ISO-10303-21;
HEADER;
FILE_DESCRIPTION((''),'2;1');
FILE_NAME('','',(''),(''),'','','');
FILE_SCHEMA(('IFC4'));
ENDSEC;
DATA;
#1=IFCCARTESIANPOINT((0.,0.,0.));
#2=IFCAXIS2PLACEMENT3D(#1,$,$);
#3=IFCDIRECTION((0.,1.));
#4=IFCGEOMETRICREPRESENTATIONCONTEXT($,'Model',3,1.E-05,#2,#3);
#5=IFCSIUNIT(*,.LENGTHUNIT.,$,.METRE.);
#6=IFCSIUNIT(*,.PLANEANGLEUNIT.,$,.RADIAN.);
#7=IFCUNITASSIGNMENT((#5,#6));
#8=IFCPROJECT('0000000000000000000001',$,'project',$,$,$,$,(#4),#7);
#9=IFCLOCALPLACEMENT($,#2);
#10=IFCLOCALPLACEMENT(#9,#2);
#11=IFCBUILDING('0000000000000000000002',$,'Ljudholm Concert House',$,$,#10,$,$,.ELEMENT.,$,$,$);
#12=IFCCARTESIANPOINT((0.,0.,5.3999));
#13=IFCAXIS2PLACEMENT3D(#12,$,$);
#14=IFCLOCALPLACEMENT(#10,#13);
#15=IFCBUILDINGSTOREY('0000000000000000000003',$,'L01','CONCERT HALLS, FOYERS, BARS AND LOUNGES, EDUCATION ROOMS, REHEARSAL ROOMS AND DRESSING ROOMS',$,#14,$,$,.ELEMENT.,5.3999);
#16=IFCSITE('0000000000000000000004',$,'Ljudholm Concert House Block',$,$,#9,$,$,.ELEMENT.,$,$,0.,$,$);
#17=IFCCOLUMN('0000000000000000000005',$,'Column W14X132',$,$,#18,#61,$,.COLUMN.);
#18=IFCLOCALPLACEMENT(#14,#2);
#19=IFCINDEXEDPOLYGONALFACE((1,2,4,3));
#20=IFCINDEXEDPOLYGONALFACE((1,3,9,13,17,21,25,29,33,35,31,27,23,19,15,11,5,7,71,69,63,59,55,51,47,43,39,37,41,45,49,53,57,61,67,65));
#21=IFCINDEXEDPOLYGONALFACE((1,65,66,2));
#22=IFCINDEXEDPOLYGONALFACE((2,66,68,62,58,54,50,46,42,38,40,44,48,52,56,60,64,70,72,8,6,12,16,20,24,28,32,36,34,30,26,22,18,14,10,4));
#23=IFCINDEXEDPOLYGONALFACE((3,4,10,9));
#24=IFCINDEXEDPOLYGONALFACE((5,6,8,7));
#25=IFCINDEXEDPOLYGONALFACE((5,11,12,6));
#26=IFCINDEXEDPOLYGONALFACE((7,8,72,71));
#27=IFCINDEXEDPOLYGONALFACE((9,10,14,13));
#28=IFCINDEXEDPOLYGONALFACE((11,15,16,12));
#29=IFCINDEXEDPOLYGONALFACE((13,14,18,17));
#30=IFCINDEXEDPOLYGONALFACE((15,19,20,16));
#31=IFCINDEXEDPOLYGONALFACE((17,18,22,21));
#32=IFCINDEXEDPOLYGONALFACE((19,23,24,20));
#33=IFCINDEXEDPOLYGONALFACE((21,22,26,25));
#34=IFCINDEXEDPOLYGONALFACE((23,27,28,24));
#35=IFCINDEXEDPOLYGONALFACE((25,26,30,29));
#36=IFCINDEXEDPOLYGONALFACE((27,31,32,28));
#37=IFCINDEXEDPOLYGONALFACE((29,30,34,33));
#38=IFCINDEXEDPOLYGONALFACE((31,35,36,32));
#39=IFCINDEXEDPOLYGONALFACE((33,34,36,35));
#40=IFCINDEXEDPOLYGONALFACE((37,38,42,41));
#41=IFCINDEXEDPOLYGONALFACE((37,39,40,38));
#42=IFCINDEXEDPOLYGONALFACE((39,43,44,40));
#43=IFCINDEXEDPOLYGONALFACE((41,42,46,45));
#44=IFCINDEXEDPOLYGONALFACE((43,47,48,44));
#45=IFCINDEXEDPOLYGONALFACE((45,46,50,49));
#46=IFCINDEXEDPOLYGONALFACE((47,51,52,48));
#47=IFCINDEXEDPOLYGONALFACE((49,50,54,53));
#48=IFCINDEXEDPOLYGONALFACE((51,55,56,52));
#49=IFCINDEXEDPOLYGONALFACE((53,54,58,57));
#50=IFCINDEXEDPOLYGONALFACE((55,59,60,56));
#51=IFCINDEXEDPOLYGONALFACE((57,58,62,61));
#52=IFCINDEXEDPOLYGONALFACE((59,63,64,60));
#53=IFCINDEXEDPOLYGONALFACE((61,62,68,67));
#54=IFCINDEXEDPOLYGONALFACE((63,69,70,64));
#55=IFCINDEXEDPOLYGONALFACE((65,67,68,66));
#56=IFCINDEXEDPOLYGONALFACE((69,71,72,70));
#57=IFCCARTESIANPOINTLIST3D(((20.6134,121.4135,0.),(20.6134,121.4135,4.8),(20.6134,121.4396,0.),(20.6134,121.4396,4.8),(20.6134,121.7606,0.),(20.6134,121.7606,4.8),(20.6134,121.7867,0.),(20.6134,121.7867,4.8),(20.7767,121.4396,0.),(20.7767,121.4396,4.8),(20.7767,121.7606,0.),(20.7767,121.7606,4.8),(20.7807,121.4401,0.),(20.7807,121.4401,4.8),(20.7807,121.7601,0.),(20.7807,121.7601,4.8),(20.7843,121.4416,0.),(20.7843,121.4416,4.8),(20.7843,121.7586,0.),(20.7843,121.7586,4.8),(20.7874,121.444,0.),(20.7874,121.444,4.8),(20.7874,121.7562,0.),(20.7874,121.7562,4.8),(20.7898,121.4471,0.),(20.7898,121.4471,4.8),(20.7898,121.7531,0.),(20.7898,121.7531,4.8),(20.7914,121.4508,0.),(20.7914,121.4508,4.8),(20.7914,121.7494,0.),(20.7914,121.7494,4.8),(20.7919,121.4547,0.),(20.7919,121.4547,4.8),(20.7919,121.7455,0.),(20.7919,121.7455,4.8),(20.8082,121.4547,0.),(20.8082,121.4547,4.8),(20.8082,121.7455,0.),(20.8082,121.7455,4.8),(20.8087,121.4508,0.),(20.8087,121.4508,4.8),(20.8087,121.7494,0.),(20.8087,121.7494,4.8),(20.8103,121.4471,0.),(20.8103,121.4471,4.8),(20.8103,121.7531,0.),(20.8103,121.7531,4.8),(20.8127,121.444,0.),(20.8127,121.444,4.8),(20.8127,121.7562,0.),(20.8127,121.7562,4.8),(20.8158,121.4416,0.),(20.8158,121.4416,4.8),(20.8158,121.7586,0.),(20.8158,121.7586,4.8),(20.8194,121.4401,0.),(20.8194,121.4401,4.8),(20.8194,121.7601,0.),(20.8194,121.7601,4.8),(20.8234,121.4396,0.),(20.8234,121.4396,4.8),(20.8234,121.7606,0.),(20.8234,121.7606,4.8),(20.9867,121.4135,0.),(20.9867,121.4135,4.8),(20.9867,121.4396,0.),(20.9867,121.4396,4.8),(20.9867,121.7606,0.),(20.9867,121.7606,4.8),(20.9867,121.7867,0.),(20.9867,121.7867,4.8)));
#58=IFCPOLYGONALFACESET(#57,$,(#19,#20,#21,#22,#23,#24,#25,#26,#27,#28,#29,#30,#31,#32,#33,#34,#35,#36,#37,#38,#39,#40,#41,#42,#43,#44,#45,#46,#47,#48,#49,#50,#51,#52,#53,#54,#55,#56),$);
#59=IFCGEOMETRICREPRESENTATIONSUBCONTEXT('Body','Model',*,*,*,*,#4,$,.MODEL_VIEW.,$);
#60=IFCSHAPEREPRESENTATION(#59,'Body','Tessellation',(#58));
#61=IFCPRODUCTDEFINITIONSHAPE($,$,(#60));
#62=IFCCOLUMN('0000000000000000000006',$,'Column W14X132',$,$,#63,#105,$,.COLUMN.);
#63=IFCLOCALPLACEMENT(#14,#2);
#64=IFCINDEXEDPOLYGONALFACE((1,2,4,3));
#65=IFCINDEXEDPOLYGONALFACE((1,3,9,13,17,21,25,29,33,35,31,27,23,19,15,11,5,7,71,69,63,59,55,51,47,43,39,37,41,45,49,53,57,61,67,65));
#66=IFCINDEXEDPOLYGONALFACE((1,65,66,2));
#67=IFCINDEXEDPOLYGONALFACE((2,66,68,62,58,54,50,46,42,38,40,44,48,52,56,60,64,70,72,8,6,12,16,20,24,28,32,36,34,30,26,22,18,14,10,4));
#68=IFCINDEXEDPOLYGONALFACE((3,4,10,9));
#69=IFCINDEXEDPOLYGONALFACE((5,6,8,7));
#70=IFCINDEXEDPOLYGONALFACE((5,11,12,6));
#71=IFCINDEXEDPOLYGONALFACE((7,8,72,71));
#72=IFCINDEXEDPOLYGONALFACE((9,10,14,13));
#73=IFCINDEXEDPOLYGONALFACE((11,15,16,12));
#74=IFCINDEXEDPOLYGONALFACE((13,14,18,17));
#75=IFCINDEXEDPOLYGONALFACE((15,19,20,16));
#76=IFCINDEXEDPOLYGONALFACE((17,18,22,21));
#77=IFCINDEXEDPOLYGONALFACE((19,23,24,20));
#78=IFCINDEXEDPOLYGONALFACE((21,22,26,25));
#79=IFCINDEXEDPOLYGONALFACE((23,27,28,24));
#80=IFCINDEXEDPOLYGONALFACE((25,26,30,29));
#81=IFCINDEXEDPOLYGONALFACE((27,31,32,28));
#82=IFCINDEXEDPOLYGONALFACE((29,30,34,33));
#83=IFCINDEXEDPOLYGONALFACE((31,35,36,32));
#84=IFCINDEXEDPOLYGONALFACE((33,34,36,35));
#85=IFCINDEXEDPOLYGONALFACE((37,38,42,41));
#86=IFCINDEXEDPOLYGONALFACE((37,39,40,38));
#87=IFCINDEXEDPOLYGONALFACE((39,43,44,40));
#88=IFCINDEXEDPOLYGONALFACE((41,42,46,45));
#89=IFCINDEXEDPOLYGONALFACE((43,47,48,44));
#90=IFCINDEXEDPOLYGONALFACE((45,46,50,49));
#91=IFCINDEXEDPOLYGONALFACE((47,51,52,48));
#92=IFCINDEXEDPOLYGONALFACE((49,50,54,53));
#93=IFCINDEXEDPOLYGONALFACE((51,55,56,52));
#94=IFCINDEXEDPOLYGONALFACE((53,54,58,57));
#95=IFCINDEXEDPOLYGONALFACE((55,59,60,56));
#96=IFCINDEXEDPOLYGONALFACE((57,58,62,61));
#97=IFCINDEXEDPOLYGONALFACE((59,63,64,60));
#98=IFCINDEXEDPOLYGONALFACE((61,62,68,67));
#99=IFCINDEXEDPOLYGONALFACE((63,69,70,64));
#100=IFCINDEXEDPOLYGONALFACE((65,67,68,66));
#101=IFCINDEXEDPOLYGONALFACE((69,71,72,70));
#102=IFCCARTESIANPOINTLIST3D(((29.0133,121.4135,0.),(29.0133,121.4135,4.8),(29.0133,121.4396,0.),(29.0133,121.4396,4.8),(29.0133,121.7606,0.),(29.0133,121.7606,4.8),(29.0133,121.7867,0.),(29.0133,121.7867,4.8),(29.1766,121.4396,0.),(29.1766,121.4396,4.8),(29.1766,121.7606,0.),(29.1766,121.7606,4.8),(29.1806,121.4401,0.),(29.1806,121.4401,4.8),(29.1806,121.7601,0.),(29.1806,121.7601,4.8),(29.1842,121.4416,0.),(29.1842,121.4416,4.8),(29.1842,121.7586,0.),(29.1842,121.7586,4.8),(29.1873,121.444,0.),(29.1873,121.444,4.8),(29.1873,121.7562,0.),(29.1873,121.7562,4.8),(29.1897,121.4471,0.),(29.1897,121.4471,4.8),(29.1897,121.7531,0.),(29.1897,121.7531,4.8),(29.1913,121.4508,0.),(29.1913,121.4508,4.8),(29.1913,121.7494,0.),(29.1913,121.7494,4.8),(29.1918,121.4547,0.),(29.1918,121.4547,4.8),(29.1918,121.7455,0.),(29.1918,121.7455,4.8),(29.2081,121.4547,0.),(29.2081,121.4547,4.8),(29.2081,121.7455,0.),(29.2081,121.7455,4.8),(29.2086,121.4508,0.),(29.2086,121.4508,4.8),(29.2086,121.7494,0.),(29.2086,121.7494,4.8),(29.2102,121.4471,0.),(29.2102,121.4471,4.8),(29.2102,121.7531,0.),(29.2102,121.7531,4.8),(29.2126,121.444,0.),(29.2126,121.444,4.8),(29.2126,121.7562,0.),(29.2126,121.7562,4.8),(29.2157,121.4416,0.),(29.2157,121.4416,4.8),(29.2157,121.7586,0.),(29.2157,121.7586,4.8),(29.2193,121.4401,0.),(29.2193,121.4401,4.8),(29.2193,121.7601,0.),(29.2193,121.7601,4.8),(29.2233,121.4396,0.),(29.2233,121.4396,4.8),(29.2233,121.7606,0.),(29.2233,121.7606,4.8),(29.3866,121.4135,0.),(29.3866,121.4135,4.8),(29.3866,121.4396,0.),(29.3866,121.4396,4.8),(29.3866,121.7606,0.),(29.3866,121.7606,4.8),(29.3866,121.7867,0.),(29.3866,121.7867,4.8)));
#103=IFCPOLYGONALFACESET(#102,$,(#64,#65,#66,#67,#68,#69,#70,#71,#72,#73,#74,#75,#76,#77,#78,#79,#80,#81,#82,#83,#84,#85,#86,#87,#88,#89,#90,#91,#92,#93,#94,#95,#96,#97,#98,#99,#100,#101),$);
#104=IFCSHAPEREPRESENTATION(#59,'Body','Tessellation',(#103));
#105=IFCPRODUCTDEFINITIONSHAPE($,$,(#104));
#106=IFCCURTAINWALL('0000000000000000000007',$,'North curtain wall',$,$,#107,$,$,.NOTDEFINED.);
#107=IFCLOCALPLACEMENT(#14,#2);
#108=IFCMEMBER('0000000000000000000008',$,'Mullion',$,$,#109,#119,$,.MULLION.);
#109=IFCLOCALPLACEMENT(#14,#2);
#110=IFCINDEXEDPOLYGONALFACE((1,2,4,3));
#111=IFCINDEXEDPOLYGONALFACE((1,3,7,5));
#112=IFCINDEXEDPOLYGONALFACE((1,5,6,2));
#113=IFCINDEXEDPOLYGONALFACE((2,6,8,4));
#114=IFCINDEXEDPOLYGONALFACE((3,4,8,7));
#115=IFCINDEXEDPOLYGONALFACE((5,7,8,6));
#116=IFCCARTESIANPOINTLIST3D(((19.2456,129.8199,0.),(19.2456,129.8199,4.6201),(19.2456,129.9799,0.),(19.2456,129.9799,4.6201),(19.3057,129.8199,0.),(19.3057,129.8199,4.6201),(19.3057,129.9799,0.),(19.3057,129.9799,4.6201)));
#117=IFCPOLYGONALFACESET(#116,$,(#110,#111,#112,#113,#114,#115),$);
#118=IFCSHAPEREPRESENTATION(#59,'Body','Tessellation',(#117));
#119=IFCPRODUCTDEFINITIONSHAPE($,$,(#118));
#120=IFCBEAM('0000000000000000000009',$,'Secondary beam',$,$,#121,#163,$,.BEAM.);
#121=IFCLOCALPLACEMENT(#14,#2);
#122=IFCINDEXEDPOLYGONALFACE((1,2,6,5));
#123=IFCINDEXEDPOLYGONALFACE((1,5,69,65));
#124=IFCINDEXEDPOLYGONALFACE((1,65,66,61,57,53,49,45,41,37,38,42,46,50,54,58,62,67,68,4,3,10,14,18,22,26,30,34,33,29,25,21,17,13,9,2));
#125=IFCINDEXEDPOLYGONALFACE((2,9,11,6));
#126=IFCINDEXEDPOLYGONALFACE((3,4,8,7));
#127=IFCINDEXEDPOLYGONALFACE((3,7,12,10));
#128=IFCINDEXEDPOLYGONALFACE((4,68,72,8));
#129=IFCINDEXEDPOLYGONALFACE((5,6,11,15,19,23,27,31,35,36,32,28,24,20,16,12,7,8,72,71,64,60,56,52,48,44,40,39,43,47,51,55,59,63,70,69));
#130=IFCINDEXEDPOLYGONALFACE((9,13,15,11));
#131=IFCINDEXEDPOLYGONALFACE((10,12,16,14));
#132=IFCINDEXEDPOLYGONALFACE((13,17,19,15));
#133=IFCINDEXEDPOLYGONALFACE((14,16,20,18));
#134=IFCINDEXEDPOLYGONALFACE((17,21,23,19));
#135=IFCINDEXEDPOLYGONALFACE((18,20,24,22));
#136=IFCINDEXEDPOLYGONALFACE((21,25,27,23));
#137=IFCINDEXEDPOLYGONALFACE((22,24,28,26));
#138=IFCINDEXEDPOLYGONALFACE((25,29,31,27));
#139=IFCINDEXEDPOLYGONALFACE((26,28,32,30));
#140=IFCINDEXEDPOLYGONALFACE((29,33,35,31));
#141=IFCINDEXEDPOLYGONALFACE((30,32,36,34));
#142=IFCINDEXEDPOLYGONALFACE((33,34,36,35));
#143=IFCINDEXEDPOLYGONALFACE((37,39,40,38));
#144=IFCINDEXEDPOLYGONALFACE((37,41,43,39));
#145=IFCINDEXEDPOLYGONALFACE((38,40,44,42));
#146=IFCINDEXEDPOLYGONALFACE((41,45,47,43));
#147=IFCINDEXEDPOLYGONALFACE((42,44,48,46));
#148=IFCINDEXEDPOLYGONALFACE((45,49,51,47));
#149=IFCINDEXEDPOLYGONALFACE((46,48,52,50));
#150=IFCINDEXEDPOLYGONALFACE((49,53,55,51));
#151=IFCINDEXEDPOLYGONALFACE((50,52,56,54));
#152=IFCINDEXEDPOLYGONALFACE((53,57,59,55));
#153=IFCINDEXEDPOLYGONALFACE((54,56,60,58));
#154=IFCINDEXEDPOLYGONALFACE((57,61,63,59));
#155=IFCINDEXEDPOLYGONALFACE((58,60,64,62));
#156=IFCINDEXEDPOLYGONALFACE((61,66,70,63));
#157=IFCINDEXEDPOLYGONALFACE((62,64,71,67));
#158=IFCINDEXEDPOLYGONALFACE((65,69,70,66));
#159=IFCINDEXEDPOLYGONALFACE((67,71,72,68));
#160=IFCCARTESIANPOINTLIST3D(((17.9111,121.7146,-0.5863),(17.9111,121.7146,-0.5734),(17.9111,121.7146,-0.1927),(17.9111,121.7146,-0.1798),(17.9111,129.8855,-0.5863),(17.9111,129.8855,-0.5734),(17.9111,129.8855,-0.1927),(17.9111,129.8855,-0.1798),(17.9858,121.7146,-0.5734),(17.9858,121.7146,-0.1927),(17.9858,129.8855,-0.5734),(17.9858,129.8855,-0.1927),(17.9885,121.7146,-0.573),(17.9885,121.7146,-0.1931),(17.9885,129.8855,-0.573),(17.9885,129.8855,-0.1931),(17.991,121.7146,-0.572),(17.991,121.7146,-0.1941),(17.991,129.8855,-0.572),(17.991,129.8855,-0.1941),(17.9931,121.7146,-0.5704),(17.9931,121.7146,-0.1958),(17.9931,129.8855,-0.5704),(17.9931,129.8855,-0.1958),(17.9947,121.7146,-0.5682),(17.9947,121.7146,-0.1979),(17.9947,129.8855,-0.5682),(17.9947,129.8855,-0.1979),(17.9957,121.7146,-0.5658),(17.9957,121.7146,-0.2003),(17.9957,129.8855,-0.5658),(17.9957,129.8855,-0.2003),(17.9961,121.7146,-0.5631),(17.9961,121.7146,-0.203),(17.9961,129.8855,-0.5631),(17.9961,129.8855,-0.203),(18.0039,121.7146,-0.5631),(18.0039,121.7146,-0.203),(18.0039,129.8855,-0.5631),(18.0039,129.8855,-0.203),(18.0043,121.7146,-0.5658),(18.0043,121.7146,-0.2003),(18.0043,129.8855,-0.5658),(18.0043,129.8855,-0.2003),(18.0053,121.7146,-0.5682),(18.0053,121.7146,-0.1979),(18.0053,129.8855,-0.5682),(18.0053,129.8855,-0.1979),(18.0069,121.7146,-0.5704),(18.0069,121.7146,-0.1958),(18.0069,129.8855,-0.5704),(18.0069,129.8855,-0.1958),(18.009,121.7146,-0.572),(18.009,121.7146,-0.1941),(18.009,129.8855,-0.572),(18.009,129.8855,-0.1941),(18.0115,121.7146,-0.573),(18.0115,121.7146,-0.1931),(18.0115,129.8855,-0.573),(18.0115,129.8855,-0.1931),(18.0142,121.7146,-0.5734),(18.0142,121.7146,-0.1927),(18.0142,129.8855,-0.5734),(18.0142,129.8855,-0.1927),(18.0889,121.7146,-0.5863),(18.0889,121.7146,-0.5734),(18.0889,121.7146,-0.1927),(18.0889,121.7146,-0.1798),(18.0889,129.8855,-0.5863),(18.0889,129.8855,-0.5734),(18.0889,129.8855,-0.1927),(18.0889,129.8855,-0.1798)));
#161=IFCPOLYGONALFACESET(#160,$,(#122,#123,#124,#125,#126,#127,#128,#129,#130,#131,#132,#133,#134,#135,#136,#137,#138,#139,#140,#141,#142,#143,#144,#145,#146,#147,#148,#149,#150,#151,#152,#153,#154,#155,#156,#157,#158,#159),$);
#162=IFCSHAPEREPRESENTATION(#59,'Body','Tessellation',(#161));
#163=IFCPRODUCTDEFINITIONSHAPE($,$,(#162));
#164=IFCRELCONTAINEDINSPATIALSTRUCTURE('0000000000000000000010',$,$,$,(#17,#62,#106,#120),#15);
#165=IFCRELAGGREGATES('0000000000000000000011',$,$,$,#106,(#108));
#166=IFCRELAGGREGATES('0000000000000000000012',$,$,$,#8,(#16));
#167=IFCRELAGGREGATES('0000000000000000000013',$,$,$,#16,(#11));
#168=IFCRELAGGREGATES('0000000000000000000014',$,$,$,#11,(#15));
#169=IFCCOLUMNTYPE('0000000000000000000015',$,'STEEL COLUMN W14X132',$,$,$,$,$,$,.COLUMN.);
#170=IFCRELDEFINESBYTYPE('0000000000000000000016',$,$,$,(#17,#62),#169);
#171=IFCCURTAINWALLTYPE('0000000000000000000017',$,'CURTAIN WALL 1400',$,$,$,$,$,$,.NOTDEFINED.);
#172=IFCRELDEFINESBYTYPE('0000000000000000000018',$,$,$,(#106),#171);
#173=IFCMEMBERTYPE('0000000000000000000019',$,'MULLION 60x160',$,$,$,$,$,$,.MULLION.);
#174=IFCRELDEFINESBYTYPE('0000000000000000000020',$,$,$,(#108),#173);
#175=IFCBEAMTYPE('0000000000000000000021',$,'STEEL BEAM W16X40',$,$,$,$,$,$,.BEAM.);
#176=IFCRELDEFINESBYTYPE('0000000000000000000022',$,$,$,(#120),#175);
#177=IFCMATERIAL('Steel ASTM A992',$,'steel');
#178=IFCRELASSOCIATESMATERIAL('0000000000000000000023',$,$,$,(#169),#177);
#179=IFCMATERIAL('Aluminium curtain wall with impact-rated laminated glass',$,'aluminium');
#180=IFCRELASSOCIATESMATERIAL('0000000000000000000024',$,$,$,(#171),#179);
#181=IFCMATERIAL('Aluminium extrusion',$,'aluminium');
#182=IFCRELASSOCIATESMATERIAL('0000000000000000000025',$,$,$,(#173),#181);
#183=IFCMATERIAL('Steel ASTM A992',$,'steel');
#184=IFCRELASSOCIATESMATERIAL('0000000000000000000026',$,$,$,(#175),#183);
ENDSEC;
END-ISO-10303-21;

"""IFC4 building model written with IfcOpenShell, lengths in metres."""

from ifc_helpers import new_model, si_unit, direction, frame, origin, origin_2d, place, context, subcontext, project, spatial, rectangle, i_section, extrude, material, material_profile, profile_set, type_object, element, aggregate, save


model = new_model("IFC4")

# Units and contexts
model_context = context("Model", 3, precision=1e-05, world=origin(), true_north=direction((0.0, 1.0)))
body_context = subcontext(model_context, "Body", "Model", "MODEL_VIEW")
ifc_project = project(units=[si_unit("LENGTHUNIT", "METRE"), si_unit("PLANEANGLEUNIT", "RADIAN")], contexts=[model_context])

# Site, building, storey
site_placement = place(None, origin())
site = spatial("IfcSite", under=ifc_project, at=site_placement, Name="Ljudholm Concert House Block", CompositionType="ELEMENT", RefElevation=0.0)
building_placement = place(site_placement, origin())
building = spatial("IfcBuilding", under=site, at=building_placement, Name="Ljudholm Concert House", CompositionType="ELEMENT")
storey_placement = place(building_placement, frame((0.0, 0.0, 5.3999)))
storey = spatial("IfcBuildingStorey", under=building, at=storey_placement, Name="L01", Description="CONCERT HALLS, FOYERS, BARS AND LOUNGES, EDUCATION ROOMS, REHEARSAL ROOMS AND DRESSING ROOMS", CompositionType="ELEMENT", Elevation=5.3999)

# Columns
ifc_material_1 = material(Name="Steel ASTM A992", Category="steel")
ifc_material_profile_1 = material_profile(ifc_material_1, i_section(OverallWidth=0.3733, OverallDepth=0.3733, WebThickness=0.0164, FlangeThickness=0.0261, FilletRadius=0.0151, at=origin_2d()), Name="W14X132")
ifc_profile_set_1 = profile_set([ifc_material_profile_1], Name="Steel ASTM A992")
column_type = type_object("IfcColumnType", Name="STEEL COLUMN W14X132", PredefinedType="COLUMN", material=ifc_profile_set_1)
for number, where, z_axis, x_axis, name in (
    (1, (20.8, 121.6001, 0.0), (0.0, 0.0, 1.0), (1.0, 0.0, 0.0), "Column W14X132"),
    (2, (29.2, 121.6001, 0.0), (0.0, 0.0, 1.0), (1.0, 0.0, 0.0), "Column W14X132"),
):
    element("IfcColumn", number, at=place(storey_placement, frame(where, z_axis=z_axis, x_axis=x_axis)), inside=storey, type_object=column_type, Name=name, PredefinedType="COLUMN", context=body_context, shape_type="SweptSolid", body=[
        extrude(i_section(OverallWidth=0.3733, OverallDepth=0.3733, WebThickness=0.0164, FlangeThickness=0.0261, FilletRadius=0.0151, at=origin_2d()), origin(), (0.0, 0.0, 1.0), 4.8),
    ])

# Curtain wall, member
ifc_material_2 = material(Name="Aluminium curtain wall with impact-rated laminated glass", Category="aluminium")
curtain_wall_type = type_object("IfcCurtainWallType", Name="CURTAIN WALL 1400", PredefinedType="NOTDEFINED", material=ifc_material_2)
curtain_wall_placement = place(storey_placement, origin())
curtain_wall = element("IfcCurtainWall", 3, at=curtain_wall_placement, inside=storey, type_object=curtain_wall_type, Name="North curtain wall", PredefinedType="NOTDEFINED")
ifc_material_3 = material(Name="Aluminium extrusion", Category="aluminium")
ifc_material_profile_2 = material_profile(ifc_material_3, rectangle(XDim=0.1599, YDim=0.0601, at=origin_2d()), Name="MULLION 60x160")
ifc_profile_set_2 = profile_set([ifc_material_profile_2], Name="Aluminium extrusion")
member_type_1 = type_object("IfcMemberType", Name="MULLION 60x160", PredefinedType="MULLION", material=ifc_profile_set_2)
member_1_placement = place(storey_placement, frame((19.2756, 129.8999, 0.0), z_axis=(0.0, 0.0, 1.0), x_axis=(0.0, 1.0, 0.0)))
member_1 = element("IfcMember", 4, at=member_1_placement, type_object=member_type_1, Name="Mullion", PredefinedType="MULLION", context=body_context, shape_type="SweptSolid", body=[
    extrude(rectangle(XDim=0.1599, YDim=0.0601, at=origin_2d()), origin(), (0.0, 0.0, 1.0), 4.6201),
])

# Beam
ifc_material_4 = material(Name="Steel ASTM A992", Category="steel")
ifc_material_profile_3 = material_profile(ifc_material_4, i_section(OverallWidth=0.1777, OverallDepth=0.4065, WebThickness=0.0078, FlangeThickness=0.0129, FilletRadius=0.0103, at=origin_2d()), Name="W16X40")
ifc_profile_set_3 = profile_set([ifc_material_profile_3], Name="Steel ASTM A992")
beam_type_1 = type_object("IfcBeamType", Name="STEEL BEAM W16X40", PredefinedType="BEAM", material=ifc_profile_set_3)
for number, where, z_axis, x_axis, name in (
    (5, (18.0, 121.7146, -0.3831), (0.0, 1.0, 0.0), (-1.0, 0.0, 0.0), "Secondary beam"),
):
    element("IfcBeam", number, at=place(storey_placement, frame(where, z_axis=z_axis, x_axis=x_axis)), inside=storey, type_object=beam_type_1, Name=name, PredefinedType="BEAM", context=body_context, shape_type="SweptSolid", body=[
        extrude(i_section(OverallWidth=0.1777, OverallDepth=0.4065, WebThickness=0.0078, FlangeThickness=0.0129, FilletRadius=0.0103, at=origin_2d()), origin(), (0.0, 0.0, 1.0), 8.1709),
    ])

aggregate(curtain_wall, [member_1])

save(model, "model.ifc")
